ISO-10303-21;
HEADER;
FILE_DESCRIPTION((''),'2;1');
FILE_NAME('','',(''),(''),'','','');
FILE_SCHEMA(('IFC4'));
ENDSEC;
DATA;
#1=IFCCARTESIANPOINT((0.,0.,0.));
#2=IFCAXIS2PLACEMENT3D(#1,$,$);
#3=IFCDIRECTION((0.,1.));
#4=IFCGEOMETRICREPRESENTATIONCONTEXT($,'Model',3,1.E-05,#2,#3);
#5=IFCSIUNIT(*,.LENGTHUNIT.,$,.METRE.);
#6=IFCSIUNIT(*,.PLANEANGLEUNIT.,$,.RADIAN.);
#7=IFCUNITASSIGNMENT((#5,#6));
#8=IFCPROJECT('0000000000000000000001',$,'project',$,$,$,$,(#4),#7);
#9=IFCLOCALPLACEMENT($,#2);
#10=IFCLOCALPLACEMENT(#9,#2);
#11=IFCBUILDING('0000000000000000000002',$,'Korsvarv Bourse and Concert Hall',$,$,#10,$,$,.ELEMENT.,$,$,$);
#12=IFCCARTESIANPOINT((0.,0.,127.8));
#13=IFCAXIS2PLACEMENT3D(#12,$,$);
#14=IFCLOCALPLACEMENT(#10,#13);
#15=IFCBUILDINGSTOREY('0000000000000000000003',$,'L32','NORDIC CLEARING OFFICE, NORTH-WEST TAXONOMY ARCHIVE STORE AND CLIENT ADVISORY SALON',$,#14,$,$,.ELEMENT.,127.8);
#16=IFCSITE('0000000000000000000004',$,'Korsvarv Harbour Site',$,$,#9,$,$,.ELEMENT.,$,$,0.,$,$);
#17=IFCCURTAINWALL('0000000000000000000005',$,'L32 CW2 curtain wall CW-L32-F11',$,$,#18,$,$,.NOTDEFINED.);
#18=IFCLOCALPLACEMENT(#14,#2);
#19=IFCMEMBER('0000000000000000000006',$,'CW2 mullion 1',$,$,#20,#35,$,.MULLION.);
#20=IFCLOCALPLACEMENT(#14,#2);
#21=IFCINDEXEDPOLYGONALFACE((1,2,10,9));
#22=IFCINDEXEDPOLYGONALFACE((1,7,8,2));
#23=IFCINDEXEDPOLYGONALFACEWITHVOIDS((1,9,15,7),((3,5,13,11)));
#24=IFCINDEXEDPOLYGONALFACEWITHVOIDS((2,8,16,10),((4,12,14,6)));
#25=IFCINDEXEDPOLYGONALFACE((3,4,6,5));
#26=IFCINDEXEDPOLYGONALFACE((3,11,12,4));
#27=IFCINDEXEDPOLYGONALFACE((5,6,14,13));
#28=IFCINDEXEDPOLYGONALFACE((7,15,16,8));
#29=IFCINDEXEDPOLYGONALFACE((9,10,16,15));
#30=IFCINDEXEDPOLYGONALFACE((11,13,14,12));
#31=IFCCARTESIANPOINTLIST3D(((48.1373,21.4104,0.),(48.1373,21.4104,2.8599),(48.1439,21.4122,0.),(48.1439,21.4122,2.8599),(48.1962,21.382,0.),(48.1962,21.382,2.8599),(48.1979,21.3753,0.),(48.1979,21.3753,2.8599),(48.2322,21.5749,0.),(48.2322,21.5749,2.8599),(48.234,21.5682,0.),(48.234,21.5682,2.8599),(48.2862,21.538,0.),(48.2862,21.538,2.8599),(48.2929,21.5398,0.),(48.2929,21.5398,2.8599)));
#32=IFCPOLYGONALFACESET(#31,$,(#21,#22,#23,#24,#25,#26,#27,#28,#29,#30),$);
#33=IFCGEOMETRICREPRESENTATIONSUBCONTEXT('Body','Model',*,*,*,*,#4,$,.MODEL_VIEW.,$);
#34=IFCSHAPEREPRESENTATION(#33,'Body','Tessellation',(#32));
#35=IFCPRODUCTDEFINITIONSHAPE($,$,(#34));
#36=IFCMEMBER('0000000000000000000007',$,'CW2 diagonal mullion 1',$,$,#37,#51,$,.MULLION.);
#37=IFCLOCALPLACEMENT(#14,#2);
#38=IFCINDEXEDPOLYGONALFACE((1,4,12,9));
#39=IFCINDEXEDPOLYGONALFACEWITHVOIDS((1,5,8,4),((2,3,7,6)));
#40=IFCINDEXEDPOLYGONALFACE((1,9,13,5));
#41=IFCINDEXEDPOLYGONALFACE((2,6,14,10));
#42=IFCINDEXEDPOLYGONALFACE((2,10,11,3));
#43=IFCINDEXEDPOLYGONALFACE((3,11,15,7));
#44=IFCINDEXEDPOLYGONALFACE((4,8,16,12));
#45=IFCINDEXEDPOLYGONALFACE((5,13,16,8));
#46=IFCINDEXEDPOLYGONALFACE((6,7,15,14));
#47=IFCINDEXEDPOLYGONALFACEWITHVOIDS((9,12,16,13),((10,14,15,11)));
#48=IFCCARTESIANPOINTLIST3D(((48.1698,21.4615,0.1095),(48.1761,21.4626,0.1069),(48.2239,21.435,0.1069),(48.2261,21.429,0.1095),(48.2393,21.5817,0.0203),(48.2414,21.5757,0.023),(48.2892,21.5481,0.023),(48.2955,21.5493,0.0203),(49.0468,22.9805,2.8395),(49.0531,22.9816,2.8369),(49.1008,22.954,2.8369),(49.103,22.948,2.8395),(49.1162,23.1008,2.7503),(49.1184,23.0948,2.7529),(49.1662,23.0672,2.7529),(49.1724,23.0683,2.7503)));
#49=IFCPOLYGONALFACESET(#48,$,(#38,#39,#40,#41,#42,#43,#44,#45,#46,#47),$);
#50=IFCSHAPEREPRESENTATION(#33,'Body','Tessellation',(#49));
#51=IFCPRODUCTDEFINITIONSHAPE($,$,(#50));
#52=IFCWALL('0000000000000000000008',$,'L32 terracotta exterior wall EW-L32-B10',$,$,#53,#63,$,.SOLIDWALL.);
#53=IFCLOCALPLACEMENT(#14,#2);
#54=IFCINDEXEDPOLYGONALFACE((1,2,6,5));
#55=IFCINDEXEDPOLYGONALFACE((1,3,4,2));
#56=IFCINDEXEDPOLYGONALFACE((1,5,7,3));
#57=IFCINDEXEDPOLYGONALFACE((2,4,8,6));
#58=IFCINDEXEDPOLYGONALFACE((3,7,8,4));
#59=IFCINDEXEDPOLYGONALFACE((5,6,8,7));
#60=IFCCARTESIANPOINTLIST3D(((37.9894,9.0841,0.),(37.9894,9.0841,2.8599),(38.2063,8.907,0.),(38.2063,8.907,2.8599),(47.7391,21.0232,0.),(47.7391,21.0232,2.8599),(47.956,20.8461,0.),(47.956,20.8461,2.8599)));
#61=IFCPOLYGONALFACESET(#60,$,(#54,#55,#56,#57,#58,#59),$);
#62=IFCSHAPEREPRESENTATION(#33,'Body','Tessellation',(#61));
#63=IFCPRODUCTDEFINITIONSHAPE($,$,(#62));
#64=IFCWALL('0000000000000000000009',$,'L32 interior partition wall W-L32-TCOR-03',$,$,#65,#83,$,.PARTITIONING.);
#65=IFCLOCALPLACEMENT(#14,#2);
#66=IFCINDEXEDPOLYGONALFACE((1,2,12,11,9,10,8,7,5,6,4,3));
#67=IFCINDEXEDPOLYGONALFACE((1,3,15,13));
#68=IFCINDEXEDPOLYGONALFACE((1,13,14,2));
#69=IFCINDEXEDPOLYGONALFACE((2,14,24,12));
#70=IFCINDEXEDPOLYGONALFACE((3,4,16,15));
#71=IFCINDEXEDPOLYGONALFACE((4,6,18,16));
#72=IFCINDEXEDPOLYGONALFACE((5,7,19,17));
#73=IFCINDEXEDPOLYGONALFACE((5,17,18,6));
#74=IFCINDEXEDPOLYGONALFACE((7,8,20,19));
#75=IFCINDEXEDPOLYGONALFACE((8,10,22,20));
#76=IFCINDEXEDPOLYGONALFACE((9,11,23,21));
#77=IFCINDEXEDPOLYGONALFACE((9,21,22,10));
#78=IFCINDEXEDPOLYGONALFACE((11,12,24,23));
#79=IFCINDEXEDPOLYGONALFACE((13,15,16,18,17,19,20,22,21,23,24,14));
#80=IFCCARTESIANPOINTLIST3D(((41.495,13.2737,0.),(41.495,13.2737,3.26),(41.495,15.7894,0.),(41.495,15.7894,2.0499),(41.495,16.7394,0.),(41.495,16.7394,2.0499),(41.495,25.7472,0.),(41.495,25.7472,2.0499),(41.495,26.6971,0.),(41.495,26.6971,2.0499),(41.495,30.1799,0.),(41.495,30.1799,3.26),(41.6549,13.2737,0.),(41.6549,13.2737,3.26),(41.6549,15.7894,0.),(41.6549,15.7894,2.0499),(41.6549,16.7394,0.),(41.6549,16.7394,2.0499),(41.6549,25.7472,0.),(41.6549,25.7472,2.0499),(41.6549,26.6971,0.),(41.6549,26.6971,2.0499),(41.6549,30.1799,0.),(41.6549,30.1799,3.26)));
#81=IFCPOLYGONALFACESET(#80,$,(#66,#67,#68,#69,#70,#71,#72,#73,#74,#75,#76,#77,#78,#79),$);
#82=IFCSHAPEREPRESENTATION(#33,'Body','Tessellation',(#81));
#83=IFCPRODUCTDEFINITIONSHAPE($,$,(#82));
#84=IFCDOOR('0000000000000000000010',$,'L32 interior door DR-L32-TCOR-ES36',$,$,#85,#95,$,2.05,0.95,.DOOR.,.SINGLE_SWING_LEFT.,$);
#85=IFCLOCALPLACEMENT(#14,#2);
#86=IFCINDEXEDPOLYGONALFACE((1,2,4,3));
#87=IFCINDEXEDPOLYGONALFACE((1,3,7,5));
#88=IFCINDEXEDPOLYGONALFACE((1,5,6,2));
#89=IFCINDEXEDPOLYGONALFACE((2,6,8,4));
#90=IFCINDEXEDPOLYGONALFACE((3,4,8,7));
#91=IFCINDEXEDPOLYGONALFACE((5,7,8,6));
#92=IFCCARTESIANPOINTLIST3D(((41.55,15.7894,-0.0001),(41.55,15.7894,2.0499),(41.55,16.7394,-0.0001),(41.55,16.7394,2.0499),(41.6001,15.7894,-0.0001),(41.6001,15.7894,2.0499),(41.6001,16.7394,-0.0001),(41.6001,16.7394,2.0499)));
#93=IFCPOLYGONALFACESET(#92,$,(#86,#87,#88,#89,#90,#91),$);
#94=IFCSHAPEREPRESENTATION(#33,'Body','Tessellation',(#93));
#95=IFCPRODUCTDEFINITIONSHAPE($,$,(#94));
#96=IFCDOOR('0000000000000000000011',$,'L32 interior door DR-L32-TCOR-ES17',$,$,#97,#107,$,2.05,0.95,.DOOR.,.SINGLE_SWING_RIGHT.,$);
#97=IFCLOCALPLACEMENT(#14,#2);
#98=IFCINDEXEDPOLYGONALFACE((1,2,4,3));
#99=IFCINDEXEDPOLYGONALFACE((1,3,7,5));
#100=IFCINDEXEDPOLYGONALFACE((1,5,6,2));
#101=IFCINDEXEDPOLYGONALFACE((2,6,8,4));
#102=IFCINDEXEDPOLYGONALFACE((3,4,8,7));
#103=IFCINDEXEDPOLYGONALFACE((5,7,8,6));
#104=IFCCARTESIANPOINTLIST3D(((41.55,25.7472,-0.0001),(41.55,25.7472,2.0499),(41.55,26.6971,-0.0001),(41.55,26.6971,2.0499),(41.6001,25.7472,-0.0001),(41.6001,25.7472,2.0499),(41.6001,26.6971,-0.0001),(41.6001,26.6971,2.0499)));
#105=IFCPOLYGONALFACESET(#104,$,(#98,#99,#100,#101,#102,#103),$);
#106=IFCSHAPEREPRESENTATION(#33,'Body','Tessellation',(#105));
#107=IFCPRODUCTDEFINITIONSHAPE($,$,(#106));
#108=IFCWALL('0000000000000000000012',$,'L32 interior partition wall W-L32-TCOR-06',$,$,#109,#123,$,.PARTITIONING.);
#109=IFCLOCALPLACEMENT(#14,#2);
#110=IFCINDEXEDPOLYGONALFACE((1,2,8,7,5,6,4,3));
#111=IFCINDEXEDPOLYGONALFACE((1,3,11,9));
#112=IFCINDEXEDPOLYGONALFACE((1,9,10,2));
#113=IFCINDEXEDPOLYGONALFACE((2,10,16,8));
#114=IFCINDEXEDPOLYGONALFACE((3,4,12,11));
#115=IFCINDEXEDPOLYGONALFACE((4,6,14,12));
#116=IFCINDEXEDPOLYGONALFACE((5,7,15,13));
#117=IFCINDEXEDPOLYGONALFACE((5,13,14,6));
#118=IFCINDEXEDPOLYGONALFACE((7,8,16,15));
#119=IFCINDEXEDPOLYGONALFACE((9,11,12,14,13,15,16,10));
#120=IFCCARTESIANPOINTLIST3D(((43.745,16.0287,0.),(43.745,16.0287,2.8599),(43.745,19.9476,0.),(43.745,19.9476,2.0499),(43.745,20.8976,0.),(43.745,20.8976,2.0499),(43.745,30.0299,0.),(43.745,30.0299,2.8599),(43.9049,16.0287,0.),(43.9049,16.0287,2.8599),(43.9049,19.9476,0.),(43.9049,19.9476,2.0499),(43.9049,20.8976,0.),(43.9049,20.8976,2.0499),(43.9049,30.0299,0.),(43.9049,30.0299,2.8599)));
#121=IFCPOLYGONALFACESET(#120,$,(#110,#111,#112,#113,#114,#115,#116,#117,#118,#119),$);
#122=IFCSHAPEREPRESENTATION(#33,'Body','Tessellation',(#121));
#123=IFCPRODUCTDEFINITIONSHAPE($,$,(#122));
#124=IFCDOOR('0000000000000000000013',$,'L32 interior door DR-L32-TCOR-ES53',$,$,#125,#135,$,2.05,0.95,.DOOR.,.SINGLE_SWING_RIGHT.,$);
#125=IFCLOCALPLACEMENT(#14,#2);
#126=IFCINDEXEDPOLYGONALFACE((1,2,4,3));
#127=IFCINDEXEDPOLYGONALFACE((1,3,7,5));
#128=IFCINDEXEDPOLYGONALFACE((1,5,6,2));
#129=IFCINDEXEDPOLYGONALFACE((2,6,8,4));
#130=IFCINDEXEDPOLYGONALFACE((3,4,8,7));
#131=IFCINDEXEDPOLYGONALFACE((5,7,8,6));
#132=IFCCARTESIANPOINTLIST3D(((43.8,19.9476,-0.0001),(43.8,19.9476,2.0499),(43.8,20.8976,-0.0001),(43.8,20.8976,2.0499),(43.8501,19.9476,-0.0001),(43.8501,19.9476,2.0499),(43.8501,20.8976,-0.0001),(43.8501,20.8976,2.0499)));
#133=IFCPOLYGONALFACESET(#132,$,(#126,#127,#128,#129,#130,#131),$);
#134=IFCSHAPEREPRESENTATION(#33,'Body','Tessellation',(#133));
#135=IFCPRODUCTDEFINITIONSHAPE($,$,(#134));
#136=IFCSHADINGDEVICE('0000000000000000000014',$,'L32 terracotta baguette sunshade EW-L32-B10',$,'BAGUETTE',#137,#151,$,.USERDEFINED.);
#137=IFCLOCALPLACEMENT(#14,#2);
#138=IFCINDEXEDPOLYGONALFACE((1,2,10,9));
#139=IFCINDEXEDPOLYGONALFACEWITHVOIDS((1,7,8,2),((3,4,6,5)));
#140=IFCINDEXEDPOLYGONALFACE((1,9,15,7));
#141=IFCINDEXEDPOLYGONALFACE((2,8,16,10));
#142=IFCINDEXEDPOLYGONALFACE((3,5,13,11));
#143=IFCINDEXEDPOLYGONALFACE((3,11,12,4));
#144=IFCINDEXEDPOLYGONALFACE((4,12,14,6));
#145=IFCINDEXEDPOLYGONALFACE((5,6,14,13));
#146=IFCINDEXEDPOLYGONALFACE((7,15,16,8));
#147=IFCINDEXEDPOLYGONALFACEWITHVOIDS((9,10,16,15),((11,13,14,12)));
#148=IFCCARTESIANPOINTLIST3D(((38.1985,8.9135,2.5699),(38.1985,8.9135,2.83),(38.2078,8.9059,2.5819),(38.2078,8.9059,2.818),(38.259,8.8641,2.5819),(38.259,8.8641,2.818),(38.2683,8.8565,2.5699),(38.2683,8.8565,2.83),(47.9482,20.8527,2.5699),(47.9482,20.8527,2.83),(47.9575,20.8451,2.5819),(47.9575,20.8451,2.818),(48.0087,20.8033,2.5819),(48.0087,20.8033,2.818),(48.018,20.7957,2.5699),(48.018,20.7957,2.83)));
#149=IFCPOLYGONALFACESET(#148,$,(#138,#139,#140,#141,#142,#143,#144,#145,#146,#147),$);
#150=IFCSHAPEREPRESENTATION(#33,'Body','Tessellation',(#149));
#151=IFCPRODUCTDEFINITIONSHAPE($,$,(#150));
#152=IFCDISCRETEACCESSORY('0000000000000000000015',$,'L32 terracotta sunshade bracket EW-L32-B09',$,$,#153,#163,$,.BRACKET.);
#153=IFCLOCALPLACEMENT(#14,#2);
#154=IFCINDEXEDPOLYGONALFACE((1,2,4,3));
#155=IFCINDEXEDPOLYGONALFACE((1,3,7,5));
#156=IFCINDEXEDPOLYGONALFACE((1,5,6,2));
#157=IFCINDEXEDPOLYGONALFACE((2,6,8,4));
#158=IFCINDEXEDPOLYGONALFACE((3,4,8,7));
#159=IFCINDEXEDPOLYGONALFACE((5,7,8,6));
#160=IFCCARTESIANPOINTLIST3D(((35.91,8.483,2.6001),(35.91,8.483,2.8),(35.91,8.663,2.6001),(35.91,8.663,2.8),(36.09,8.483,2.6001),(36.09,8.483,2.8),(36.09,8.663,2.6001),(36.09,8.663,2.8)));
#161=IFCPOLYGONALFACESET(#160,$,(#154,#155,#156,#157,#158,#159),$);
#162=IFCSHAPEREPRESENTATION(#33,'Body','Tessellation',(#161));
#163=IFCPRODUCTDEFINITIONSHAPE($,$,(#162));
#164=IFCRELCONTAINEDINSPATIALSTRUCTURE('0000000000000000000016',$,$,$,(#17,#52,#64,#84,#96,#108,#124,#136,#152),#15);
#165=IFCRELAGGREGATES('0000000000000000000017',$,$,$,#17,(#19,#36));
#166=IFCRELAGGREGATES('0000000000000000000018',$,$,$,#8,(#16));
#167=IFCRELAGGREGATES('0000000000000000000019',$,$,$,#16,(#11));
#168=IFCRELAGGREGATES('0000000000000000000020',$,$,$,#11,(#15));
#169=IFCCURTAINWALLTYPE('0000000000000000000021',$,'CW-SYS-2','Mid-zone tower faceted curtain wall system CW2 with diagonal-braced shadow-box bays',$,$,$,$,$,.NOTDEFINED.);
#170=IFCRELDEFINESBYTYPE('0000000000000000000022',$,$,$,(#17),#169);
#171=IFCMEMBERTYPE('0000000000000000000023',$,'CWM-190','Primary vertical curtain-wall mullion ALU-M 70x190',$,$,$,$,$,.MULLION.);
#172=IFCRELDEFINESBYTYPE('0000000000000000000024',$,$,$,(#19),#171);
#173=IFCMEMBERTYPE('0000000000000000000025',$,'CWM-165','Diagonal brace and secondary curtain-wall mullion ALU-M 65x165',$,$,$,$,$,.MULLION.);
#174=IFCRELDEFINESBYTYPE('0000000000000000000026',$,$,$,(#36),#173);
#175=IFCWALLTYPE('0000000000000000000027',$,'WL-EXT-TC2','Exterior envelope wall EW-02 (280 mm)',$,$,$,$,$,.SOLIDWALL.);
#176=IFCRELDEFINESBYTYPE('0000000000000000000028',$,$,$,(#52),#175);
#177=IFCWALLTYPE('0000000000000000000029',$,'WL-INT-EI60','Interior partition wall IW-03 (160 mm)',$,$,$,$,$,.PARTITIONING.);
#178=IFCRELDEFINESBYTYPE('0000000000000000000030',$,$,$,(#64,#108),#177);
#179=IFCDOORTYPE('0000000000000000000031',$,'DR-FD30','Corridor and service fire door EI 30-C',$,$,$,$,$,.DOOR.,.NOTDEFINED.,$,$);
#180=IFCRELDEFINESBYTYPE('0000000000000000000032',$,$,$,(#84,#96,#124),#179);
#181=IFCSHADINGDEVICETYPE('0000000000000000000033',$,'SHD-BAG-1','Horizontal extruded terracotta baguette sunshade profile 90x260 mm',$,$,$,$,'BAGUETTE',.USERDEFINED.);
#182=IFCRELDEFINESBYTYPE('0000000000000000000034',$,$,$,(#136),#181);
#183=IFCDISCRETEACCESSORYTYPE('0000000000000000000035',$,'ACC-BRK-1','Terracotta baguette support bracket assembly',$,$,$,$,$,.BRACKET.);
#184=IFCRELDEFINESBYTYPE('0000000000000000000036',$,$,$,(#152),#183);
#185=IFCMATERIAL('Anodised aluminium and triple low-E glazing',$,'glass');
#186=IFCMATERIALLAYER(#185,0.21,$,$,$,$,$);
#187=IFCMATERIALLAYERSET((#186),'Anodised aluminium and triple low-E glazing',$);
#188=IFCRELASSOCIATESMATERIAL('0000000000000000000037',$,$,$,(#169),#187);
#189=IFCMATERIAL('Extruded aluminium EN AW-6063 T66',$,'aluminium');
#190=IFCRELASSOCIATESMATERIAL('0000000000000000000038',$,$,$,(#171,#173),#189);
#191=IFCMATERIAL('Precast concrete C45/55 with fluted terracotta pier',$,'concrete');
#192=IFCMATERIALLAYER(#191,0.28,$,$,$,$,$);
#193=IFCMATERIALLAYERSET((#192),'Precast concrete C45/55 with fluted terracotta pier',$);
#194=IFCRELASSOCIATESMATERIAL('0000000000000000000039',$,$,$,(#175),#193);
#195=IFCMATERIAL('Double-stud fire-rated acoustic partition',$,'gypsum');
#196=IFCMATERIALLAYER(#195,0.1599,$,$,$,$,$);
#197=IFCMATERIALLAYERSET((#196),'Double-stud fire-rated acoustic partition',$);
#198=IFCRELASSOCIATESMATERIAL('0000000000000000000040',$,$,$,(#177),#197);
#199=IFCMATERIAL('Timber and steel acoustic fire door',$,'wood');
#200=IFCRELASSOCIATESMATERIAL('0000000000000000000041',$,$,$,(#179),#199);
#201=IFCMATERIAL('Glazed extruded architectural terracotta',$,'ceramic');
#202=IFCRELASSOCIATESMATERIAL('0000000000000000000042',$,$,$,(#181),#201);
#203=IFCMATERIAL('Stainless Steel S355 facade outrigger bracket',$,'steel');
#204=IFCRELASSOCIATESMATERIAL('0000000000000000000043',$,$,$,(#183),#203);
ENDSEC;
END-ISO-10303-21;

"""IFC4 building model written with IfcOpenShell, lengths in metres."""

from ifc_helpers import new_model, si_unit, direction, frame, frame_2d, origin, origin_2d, place, context, subcontext, project, spatial, rectangle, hollow_rectangle, extrude, source, transform, mapped, material, layer, layer_set, material_profile, profile_set, type_object, element, fill, aggregate, save


model = new_model("IFC4")

# Units and contexts
model_context = context("Model", 3, precision=1e-05, world=origin(), true_north=direction((0.0, 1.0)))
body_context = subcontext(model_context, "Body", "Model", "MODEL_VIEW")
ifc_project = project(units=[si_unit("LENGTHUNIT", "METRE"), si_unit("PLANEANGLEUNIT", "RADIAN")], contexts=[model_context])

# Site, building, storey
site_placement = place(None, origin())
site = spatial("IfcSite", under=ifc_project, at=site_placement, Name="Korsvarv Harbour Site", CompositionType="ELEMENT", RefElevation=0.0)
building_placement = place(site_placement, origin())
building = spatial("IfcBuilding", under=site, at=building_placement, Name="Korsvarv Bourse and Concert Hall", CompositionType="ELEMENT")
storey_placement = place(building_placement, frame((0.0, 0.0, 127.8)))
storey = spatial("IfcBuildingStorey", under=building, at=storey_placement, Name="L32", Description="NORDIC CLEARING OFFICE, NORTH-WEST TAXONOMY ARCHIVE STORE AND CLIENT ADVISORY SALON", CompositionType="ELEMENT", Elevation=127.8)

# Curtain wall, members
ifc_material_1 = material(Name="Anodised aluminium and triple low-E glazing", Category="glass")
ifc_layer_1 = layer(ifc_material_1, 0.21)
ifc_layer_set_1 = layer_set([ifc_layer_1], Name="Anodised aluminium and triple low-E glazing")
curtain_wall_type = type_object("IfcCurtainWallType", Name="CW-SYS-2", Description="Mid-zone tower faceted curtain wall system CW2 with diagonal-braced shadow-box bays", PredefinedType="NOTDEFINED", material=ifc_layer_set_1)
curtain_wall_placement = place(storey_placement, origin())
curtain_wall = element("IfcCurtainWall", 1, at=curtain_wall_placement, inside=storey, type_object=curtain_wall_type, Name="L32 CW2 curtain wall CW-L32-F11", PredefinedType="NOTDEFINED")
ifc_material_2 = material(Name="Extruded aluminium EN AW-6063 T66", Category="aluminium")
ifc_material_profile_1 = material_profile(ifc_material_2, hollow_rectangle(XDim=0.0701, YDim=0.1899, WallThickness=0.0049, at=origin_2d()), Name="ALU-M 70x190")
ifc_profile_set_1 = profile_set([ifc_material_profile_1], Name="Extruded aluminium EN AW-6063 T66")
member_type_1 = type_object("IfcMemberType", Name="CWM-190", Description="Primary vertical curtain-wall mullion ALU-M 70x190", PredefinedType="MULLION", material=ifc_profile_set_1)
shared_shape_1 = source(origin(), body_context, "Body", "SweptSolid", [
    extrude(hollow_rectangle(XDim=0.0701, YDim=0.1899, WallThickness=0.0049, at=origin_2d()), origin(), (0.0, 0.0, 1.0), 2.8599),
])
member_1_placement = place(storey_placement, frame((48.2151, 21.4751, 0.0), z_axis=(0.0, 0.0, 1.0), x_axis=(-0.866021, 0.500007, 0.0)))
member_1 = element("IfcMember", 2, at=member_1_placement, type_object=member_type_1, Name="CW2 mullion 1", PredefinedType="MULLION", context=body_context, shape_type="MappedRepresentation", body=[
    mapped(shared_shape_1, transform((0.0, 0.0, 0.0), scale=1.0)),
])
ifc_material_profile_2 = material_profile(ifc_material_2, hollow_rectangle(XDim=0.0649, YDim=0.165, WallThickness=0.0049, at=origin_2d()), Name="ALU-M 65x165")
ifc_profile_set_2 = profile_set([ifc_material_profile_2], Name="Extruded aluminium EN AW-6063 T66")
member_type_2 = type_object("IfcMemberType", Name="CWM-165", Description="Diagonal brace and secondary curtain-wall mullion ALU-M 65x165", PredefinedType="MULLION", material=ifc_profile_set_2)
shared_shape_2 = source(origin(), body_context, "Body", "SweptSolid", [
    extrude(hollow_rectangle(XDim=0.0649, YDim=0.165, WallThickness=0.0049, at=origin_2d()), origin(), (0.0, 0.0, 1.0), 3.2449),
])
member_2_placement = place(storey_placement, frame((48.2327, 21.5054, 0.0649), z_axis=(0.270256, 0.468133, 0.841316), x_axis=(-0.866042, 0.499971, 0.0)))
member_2 = element("IfcMember", 3, at=member_2_placement, type_object=member_type_2, Name="CW2 diagonal mullion 1", PredefinedType="MULLION", context=body_context, shape_type="MappedRepresentation", body=[
    mapped(shared_shape_2, transform((0.0, 0.0, 0.0), scale=1.0)),
])
aggregate(curtain_wall, [member_1, member_2])

# Wall
ifc_material_3 = material(Name="Precast concrete C45/55 with fluted terracotta pier", Category="concrete")
ifc_layer_2 = layer(ifc_material_3, 0.28)
ifc_layer_set_2 = layer_set([ifc_layer_2], Name="Precast concrete C45/55 with fluted terracotta pier")
wall_type_1 = type_object("IfcWallType", Name="WL-EXT-TC2", Description="Exterior envelope wall EW-02 (280 mm)", PredefinedType="SOLIDWALL", material=ifc_layer_set_2)
wall_1_placement = place(storey_placement, frame((38.0979, 8.9956, 0.0), z_axis=(0.0, 0.0, 1.0), x_axis=(0.632511, 0.774551, 0.0)))
element("IfcWall", 4, at=wall_1_placement, inside=storey, type_object=wall_type_1, Name="L32 terracotta exterior wall EW-L32-B10", PredefinedType="SOLIDWALL", context=body_context, shape_type="SweptSolid", body=[
    extrude(rectangle(XDim=15.4143, YDim=0.28, at=frame_2d((7.707, 0.0))), origin(), (0.0, 0.0, 1.0), 2.8599),
])

# Wall, openings, doors
ifc_material_4 = material(Name="Double-stud fire-rated acoustic partition", Category="gypsum")
ifc_layer_3 = layer(ifc_material_4, 0.1599)
ifc_layer_set_3 = layer_set([ifc_layer_3], Name="Double-stud fire-rated acoustic partition")
wall_type_2 = type_object("IfcWallType", Name="WL-INT-EI60", Description="Interior partition wall IW-03 (160 mm)", PredefinedType="PARTITIONING", material=ifc_layer_set_3)
wall_2_placement = place(storey_placement, frame((41.575, 13.2737, 0.0), z_axis=(0.0, 0.0, 1.0), x_axis=(0.0, 1.0, 0.0)))
wall_2 = element("IfcWall", 5, at=wall_2_placement, inside=storey, type_object=wall_type_2, Name="L32 interior partition wall W-L32-TCOR-03", PredefinedType="PARTITIONING", context=body_context, shape_type="SweptSolid", body=[
    extrude(rectangle(XDim=16.9062, YDim=0.1599, at=frame_2d((8.4531, 0.0))), origin(), (0.0, 0.0, 1.0), 3.26),
])
opening_1_placement = place(wall_2_placement, frame((2.5156, 0.0, 0.0)))
opening_1 = element("IfcOpeningElement", 6, at=opening_1_placement, cuts=wall_2, PredefinedType="OPENING", context=body_context, shape_type="SweptSolid", body=[
    extrude(rectangle(XDim=0.95, YDim=2.05, at=frame_2d((0.4751, 1.0249))), frame((0.0, 0.0898, 0.0), z_axis=(0.0, -1.0, 0.0), x_axis=(1.0, 0.0, 0.0)), (0.0, 0.0, 1.0), 0.1799),
])
opening_2_placement = place(wall_2_placement, frame((12.4734, 0.0, 0.0)))
opening_2 = element("IfcOpeningElement", 7, at=opening_2_placement, cuts=wall_2, PredefinedType="OPENING", context=body_context, shape_type="SweptSolid", body=[
    extrude(rectangle(XDim=0.95, YDim=2.05, at=frame_2d((0.4751, 1.0249))), frame((0.0, 0.0898, 0.0), z_axis=(0.0, -1.0, 0.0), x_axis=(1.0, 0.0, 0.0)), (0.0, 0.0, 1.0), 0.1799),
])
ifc_material_5 = material(Name="Timber and steel acoustic fire door", Category="wood")
door_type = type_object("IfcDoorType", Name="DR-FD30", Description="Corridor and service fire door EI 30-C", OperationType="NOTDEFINED", PredefinedType="DOOR", material=ifc_material_5)
door_1_placement = place(opening_1_placement, origin())
door_1 = element("IfcDoor", 8, at=door_1_placement, inside=storey, type_object=door_type, Name="L32 interior door DR-L32-TCOR-ES36", OperationType="SINGLE_SWING_LEFT", OverallHeight=2.05, OverallWidth=0.95, PredefinedType="DOOR", context=body_context, shape_type="SweptSolid", body=[
    extrude(rectangle(XDim=0.95, YDim=2.05, at=frame_2d((0.4751, 1.0249))), frame((0.0, 0.0249, 0.0), z_axis=(0.0, -1.0, 0.0), x_axis=(1.0, 0.0, 0.0)), (0.0, 0.0, 1.0), 0.05),
])
fill(opening_1, door_1)
door_2_placement = place(opening_2_placement, origin())
door_2 = element("IfcDoor", 9, at=door_2_placement, inside=storey, type_object=door_type, Name="L32 interior door DR-L32-TCOR-ES17", OperationType="SINGLE_SWING_RIGHT", OverallHeight=2.05, OverallWidth=0.95, PredefinedType="DOOR", context=body_context, shape_type="SweptSolid", body=[
    extrude(rectangle(XDim=0.95, YDim=2.05, at=frame_2d((0.4751, 1.0249))), frame((0.0, 0.0249, 0.0), z_axis=(0.0, -1.0, 0.0), x_axis=(1.0, 0.0, 0.0)), (0.0, 0.0, 1.0), 0.05),
])
fill(opening_2, door_2)

# Wall, opening, door
wall_3_placement = place(storey_placement, frame((43.825, 16.0288, 0.0), z_axis=(0.0, 0.0, 1.0), x_axis=(0.0, 1.0, 0.0)))
wall_3 = element("IfcWall", 10, at=wall_3_placement, inside=storey, type_object=wall_type_2, Name="L32 interior partition wall W-L32-TCOR-06", PredefinedType="PARTITIONING", context=body_context, shape_type="SweptSolid", body=[
    extrude(rectangle(XDim=14.0012, YDim=0.1599, at=frame_2d((7.0005, 0.0))), origin(), (0.0, 0.0, 1.0), 2.8599),
])
opening_3_placement = place(wall_3_placement, frame((3.9187, 0.0, 0.0)))
opening_3 = element("IfcOpeningElement", 11, at=opening_3_placement, cuts=wall_3, PredefinedType="OPENING", context=body_context, shape_type="SweptSolid", body=[
    extrude(rectangle(XDim=0.95, YDim=2.05, at=frame_2d((0.4751, 1.0249))), frame((0.0, 0.0898, 0.0), z_axis=(0.0, -1.0, 0.0), x_axis=(1.0, 0.0, 0.0)), (0.0, 0.0, 1.0), 0.1799),
])
door_3_placement = place(opening_3_placement, origin())
door_3 = element("IfcDoor", 12, at=door_3_placement, inside=storey, type_object=door_type, Name="L32 interior door DR-L32-TCOR-ES53", OperationType="SINGLE_SWING_RIGHT", OverallHeight=2.05, OverallWidth=0.95, PredefinedType="DOOR", context=body_context, shape_type="SweptSolid", body=[
    extrude(rectangle(XDim=0.95, YDim=2.05, at=frame_2d((0.4751, 1.0249))), frame((0.0, 0.0249, 0.0), z_axis=(0.0, -1.0, 0.0), x_axis=(1.0, 0.0, 0.0)), (0.0, 0.0, 1.0), 0.05),
])
fill(opening_3, door_3)

# Shading device
ifc_material_6 = material(Name="Glazed extruded architectural terracotta", Category="ceramic")
ifc_material_profile_3 = material_profile(ifc_material_6, hollow_rectangle(XDim=0.0901, YDim=0.26, WallThickness=0.012, at=origin_2d()), Name="TC-BAG 90x260")
ifc_profile_set_3 = profile_set([ifc_material_profile_3], Name="Glazed extruded architectural terracotta")
shading_device_type = type_object("IfcShadingDeviceType", Name="SHD-BAG-1", Description="Horizontal extruded terracotta baguette sunshade profile 90x260 mm", ElementType="BAGUETTE", PredefinedType="USERDEFINED", material=ifc_profile_set_3)
shared_shape_3 = source(origin(), body_context, "Body", "SweptSolid", [
    extrude(hollow_rectangle(XDim=0.0901, YDim=0.26, WallThickness=0.012, at=origin_2d()), origin(), (0.0, 0.0, 1.0), 15.4143),
])
shading_device_placement = place(storey_placement, frame((38.2334, 8.885, 2.7), z_axis=(0.632511, 0.774551, 0.0), x_axis=(-0.774551, 0.632511, 0.0)))
element("IfcShadingDevice", 13, at=shading_device_placement, inside=storey, type_object=shading_device_type, Name="L32 terracotta baguette sunshade EW-L32-B10", ObjectType="BAGUETTE", PredefinedType="USERDEFINED", context=body_context, shape_type="MappedRepresentation", body=[
    mapped(shared_shape_3, transform((0.0, 0.0, 0.0), scale=1.0)),
])

# Discrete accessory
ifc_material_7 = material(Name="Stainless Steel S355 facade outrigger bracket", Category="steel")
discrete_accessory_type = type_object("IfcDiscreteAccessoryType", Name="ACC-BRK-1", Description="Terracotta baguette support bracket assembly", PredefinedType="BRACKET", material=ifc_material_7)
shared_shape_4 = source(origin(), body_context, "Body", "SweptSolid", [
    extrude(rectangle(XDim=0.1799, YDim=0.1799, at=origin_2d()), origin(), (0.0, 0.0, 1.0), 0.2),
])
for number, where, z_axis, x_axis, name in (
    (14, (36.0, 8.573, 2.6001), (0.0, 0.0, 1.0), (1.0, 0.0, 0.0), "L32 terracotta sunshade bracket EW-L32-B09"),
):
    element("IfcDiscreteAccessory", number, at=place(storey_placement, frame(where, z_axis=z_axis, x_axis=x_axis)), inside=storey, type_object=discrete_accessory_type, Name=name, PredefinedType="BRACKET", context=body_context, shape_type="MappedRepresentation", body=[
        mapped(shared_shape_4, transform((0.0, 0.0, 0.0), scale=1.0)),
    ])

save(model, "model.ifc")
